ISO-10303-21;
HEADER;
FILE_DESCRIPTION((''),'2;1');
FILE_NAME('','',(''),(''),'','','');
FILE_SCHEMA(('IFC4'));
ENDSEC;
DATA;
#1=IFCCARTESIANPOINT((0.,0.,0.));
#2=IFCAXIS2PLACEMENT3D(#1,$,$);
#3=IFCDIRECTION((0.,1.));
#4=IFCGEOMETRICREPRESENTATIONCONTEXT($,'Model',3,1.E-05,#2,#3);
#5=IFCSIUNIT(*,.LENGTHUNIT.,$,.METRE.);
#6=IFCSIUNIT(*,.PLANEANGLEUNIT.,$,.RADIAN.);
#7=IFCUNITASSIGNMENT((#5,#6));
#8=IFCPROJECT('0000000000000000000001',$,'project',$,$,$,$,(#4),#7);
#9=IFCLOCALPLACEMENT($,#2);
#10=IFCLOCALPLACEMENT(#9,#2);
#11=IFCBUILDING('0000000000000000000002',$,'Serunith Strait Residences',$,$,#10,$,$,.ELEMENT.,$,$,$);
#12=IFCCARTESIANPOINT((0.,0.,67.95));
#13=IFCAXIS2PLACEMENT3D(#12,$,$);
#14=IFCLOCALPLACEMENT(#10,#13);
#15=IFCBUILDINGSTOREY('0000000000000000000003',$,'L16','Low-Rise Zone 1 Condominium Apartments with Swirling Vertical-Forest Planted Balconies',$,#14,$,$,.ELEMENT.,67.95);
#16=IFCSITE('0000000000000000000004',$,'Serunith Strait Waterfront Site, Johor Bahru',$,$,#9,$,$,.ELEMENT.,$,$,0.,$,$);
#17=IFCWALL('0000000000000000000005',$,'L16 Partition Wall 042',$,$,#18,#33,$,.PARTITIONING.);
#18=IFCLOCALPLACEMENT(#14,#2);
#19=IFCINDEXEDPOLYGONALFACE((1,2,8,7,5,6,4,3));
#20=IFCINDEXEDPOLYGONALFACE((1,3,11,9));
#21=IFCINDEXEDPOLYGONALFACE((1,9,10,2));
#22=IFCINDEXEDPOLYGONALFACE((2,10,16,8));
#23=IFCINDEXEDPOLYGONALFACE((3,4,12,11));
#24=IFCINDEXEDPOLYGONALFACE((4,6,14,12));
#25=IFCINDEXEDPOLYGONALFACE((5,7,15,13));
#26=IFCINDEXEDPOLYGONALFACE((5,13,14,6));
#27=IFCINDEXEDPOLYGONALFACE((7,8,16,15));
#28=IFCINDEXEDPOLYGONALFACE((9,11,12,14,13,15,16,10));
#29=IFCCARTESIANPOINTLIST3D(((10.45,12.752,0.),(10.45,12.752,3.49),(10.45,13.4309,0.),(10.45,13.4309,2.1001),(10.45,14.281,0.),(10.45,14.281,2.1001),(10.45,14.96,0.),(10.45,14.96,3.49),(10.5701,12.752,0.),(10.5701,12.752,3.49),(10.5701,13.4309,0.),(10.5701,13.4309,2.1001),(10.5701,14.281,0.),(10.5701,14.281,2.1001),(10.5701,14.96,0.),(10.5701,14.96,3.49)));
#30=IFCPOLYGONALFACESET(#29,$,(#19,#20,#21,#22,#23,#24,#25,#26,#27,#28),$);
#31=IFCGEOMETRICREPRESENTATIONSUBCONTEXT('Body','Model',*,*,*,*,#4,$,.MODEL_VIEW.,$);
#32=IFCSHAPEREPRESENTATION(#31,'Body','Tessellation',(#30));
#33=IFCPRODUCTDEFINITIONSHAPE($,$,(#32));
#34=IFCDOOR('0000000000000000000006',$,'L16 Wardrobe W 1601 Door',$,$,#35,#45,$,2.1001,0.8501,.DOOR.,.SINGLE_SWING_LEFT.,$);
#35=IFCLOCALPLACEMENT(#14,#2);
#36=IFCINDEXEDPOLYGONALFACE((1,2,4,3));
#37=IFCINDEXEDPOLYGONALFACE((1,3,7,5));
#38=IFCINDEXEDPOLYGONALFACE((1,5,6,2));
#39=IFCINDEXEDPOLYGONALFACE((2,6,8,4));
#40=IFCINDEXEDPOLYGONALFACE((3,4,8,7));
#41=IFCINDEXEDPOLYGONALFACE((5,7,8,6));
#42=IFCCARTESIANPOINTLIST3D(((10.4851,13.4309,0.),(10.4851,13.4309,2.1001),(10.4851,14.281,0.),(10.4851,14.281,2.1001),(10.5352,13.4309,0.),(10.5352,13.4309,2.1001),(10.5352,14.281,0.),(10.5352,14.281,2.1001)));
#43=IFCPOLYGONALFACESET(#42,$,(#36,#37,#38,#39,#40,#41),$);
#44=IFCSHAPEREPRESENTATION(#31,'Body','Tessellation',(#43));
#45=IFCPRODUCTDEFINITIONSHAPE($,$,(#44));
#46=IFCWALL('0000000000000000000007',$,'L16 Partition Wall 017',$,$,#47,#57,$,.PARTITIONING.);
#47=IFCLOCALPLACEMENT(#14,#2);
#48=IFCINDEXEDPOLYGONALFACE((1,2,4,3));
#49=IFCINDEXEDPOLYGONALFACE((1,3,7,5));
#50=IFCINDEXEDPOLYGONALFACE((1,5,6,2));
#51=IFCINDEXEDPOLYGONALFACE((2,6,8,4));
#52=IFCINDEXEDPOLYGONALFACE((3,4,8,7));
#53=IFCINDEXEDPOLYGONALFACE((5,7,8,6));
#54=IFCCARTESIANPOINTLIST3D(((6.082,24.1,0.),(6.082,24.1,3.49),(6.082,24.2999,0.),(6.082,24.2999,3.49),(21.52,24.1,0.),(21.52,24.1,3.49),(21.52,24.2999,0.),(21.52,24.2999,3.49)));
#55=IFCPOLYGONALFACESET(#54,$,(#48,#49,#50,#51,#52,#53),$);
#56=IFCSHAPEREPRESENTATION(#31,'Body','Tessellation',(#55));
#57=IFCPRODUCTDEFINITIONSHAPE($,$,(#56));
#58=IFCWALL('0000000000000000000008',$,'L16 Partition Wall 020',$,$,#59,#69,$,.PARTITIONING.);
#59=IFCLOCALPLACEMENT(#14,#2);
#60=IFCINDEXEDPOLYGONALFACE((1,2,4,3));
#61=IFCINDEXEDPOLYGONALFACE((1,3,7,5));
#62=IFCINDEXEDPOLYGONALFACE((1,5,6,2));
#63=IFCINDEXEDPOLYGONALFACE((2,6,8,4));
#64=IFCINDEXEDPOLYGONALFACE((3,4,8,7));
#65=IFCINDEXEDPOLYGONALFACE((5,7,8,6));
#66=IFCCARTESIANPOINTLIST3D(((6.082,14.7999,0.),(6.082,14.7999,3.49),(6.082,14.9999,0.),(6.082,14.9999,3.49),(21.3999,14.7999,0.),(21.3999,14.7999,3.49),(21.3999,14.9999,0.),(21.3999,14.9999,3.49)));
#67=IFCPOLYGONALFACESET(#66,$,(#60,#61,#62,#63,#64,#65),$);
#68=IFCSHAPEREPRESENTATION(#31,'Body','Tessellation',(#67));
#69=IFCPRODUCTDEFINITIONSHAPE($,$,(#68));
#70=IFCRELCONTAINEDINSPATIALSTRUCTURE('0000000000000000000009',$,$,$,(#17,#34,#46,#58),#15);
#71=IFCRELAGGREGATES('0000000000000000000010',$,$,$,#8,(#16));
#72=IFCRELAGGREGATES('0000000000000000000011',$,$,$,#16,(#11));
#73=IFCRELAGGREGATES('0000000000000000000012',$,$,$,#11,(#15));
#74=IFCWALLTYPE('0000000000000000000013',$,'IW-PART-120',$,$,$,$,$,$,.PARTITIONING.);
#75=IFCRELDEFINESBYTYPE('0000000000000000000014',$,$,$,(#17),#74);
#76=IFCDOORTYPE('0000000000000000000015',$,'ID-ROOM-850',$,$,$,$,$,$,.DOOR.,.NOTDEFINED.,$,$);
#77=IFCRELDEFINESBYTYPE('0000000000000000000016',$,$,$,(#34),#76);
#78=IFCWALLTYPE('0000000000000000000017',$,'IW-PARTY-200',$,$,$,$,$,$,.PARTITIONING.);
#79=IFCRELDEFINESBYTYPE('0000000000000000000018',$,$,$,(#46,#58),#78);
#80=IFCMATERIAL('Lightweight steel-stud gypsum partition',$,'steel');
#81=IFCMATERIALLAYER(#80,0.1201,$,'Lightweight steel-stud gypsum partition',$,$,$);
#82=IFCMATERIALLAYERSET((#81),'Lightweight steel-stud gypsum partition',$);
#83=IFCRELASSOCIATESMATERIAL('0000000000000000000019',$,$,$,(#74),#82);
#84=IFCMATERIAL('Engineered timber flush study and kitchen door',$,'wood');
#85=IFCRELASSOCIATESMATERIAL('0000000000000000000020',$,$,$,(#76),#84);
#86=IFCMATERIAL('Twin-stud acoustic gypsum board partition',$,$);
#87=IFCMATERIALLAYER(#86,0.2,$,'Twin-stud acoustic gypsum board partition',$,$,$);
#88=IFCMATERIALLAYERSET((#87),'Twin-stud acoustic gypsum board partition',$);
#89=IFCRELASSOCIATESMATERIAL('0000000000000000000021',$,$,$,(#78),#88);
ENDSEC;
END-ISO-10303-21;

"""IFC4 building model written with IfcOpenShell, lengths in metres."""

from ifc_helpers import new_model, si_unit, direction, frame, frame_2d, origin, place, context, subcontext, project, spatial, rectangle, extrude, source, transform, mapped, material, layer, layer_set, type_object, element, fill, save


model = new_model("IFC4")

# Units and contexts
model_context = context("Model", 3, precision=1e-05, world=origin(), true_north=direction((0.0, 1.0)))
body_context = subcontext(model_context, "Body", "Model", "MODEL_VIEW")
ifc_project = project(units=[si_unit("LENGTHUNIT", "METRE"), si_unit("PLANEANGLEUNIT", "RADIAN")], contexts=[model_context])

# Site, building, storey
site_placement = place(None, origin())
site = spatial("IfcSite", under=ifc_project, at=site_placement, Name="Serunith Strait Waterfront Site, Johor Bahru", CompositionType="ELEMENT", RefElevation=0.0)
building_placement = place(site_placement, origin())
building = spatial("IfcBuilding", under=site, at=building_placement, Name="Serunith Strait Residences", CompositionType="ELEMENT")
storey_placement = place(building_placement, frame((0.0, 0.0, 67.95)))
storey = spatial("IfcBuildingStorey", under=building, at=storey_placement, Name="L16", Description="Low-Rise Zone 1 Condominium Apartments with Swirling Vertical-Forest Planted Balconies", CompositionType="ELEMENT", Elevation=67.95)

# Shared definitions
ifc_material_1 = material(Name="Lightweight steel-stud gypsum partition", Category="steel")
ifc_layer_1 = layer(ifc_material_1, 0.1201, Name="Lightweight steel-stud gypsum partition")
ifc_layer_set_1 = layer_set([ifc_layer_1], Name="Lightweight steel-stud gypsum partition")
wall_type_1 = type_object("IfcWallType", Name="IW-PART-120", PredefinedType="PARTITIONING", material=ifc_layer_set_1)

# Shared definitions
shared_shape_1 = source(origin(), body_context, "Body", "SweptSolid", [
    extrude(rectangle(XDim=0.8501, YDim=2.1001, at=frame_2d((0.425, 1.05))), frame((0.0, 0.0249, 0.0), z_axis=(0.0, -1.0, 0.0), x_axis=(1.0, 0.0, 0.0)), (0.0, 0.0, 1.0), 0.05),
])
ifc_material_2 = material(Name="Engineered timber flush study and kitchen door", Category="wood")
door_type_1 = type_object("IfcDoorType", Name="ID-ROOM-850", OperationType="NOTDEFINED", PredefinedType="DOOR", material=ifc_material_2)

# Wall, opening, door
wall_1_placement = place(storey_placement, frame((10.51, 12.752, 0.0), z_axis=(0.0, 0.0, 1.0), x_axis=(0.0, 1.0, 0.0)))
wall_1 = element("IfcWall", 1, at=wall_1_placement, inside=storey, type_object=wall_type_1, Name="L16 Partition Wall 042", PredefinedType="PARTITIONING", context=body_context, shape_type="SweptSolid", body=[
    extrude(rectangle(XDim=2.208, YDim=0.1201, at=frame_2d((1.104, 0.0))), origin(), (0.0, 0.0, 1.0), 3.49),
])
opening_1_placement = place(wall_1_placement, frame((0.679, 0.0, 0.0)))
opening_1 = element("IfcOpeningElement", 2, at=opening_1_placement, cuts=wall_1, PredefinedType="OPENING", context=body_context, shape_type="SweptSolid", body=[
    extrude(rectangle(XDim=0.8501, YDim=2.1001, at=frame_2d((0.425, 1.05))), frame((0.0, 0.0701, 0.0), z_axis=(0.0, -1.0, 0.0), x_axis=(1.0, 0.0, 0.0)), (0.0, 0.0, 1.0), 0.1401),
])
door_1_placement = place(opening_1_placement, origin())
door_1 = element("IfcDoor", 3, at=door_1_placement, inside=storey, type_object=door_type_1, Name="L16 Wardrobe W 1601 Door", OperationType="SINGLE_SWING_LEFT", OverallHeight=2.1001, OverallWidth=0.8501, PredefinedType="DOOR", context=body_context, shape_type="MappedRepresentation", body=[
    mapped(shared_shape_1, transform((0.0, 0.0, 0.0), scale=1.0)),
])
fill(opening_1, door_1)

# Walls
ifc_material_3 = material(Name="Twin-stud acoustic gypsum board partition")
ifc_layer_2 = layer(ifc_material_3, 0.2, Name="Twin-stud acoustic gypsum board partition")
ifc_layer_set_2 = layer_set([ifc_layer_2], Name="Twin-stud acoustic gypsum board partition")
wall_type_2 = type_object("IfcWallType", Name="IW-PARTY-200", PredefinedType="PARTITIONING", material=ifc_layer_set_2)
wall_2_placement = place(storey_placement, frame((6.082, 24.2, 0.0), z_axis=(0.0, 0.0, 1.0), x_axis=(1.0, 0.0, 0.0)))
element("IfcWall", 4, at=wall_2_placement, inside=storey, type_object=wall_type_2, Name="L16 Partition Wall 017", PredefinedType="PARTITIONING", context=body_context, shape_type="SweptSolid", body=[
    extrude(rectangle(XDim=15.438, YDim=0.2, at=frame_2d((7.719, 0.0))), origin(), (0.0, 0.0, 1.0), 3.49),
])
wall_3_placement = place(storey_placement, frame((6.082, 14.8999, 0.0), z_axis=(0.0, 0.0, 1.0), x_axis=(1.0, 0.0, 0.0)))
element("IfcWall", 5, at=wall_3_placement, inside=storey, type_object=wall_type_2, Name="L16 Partition Wall 020", PredefinedType="PARTITIONING", context=body_context, shape_type="SweptSolid", body=[
    extrude(rectangle(XDim=15.3179, YDim=0.2, at=frame_2d((7.6589, 0.0))), origin(), (0.0, 0.0, 1.0), 3.49),
])

save(model, "model.ifc")
